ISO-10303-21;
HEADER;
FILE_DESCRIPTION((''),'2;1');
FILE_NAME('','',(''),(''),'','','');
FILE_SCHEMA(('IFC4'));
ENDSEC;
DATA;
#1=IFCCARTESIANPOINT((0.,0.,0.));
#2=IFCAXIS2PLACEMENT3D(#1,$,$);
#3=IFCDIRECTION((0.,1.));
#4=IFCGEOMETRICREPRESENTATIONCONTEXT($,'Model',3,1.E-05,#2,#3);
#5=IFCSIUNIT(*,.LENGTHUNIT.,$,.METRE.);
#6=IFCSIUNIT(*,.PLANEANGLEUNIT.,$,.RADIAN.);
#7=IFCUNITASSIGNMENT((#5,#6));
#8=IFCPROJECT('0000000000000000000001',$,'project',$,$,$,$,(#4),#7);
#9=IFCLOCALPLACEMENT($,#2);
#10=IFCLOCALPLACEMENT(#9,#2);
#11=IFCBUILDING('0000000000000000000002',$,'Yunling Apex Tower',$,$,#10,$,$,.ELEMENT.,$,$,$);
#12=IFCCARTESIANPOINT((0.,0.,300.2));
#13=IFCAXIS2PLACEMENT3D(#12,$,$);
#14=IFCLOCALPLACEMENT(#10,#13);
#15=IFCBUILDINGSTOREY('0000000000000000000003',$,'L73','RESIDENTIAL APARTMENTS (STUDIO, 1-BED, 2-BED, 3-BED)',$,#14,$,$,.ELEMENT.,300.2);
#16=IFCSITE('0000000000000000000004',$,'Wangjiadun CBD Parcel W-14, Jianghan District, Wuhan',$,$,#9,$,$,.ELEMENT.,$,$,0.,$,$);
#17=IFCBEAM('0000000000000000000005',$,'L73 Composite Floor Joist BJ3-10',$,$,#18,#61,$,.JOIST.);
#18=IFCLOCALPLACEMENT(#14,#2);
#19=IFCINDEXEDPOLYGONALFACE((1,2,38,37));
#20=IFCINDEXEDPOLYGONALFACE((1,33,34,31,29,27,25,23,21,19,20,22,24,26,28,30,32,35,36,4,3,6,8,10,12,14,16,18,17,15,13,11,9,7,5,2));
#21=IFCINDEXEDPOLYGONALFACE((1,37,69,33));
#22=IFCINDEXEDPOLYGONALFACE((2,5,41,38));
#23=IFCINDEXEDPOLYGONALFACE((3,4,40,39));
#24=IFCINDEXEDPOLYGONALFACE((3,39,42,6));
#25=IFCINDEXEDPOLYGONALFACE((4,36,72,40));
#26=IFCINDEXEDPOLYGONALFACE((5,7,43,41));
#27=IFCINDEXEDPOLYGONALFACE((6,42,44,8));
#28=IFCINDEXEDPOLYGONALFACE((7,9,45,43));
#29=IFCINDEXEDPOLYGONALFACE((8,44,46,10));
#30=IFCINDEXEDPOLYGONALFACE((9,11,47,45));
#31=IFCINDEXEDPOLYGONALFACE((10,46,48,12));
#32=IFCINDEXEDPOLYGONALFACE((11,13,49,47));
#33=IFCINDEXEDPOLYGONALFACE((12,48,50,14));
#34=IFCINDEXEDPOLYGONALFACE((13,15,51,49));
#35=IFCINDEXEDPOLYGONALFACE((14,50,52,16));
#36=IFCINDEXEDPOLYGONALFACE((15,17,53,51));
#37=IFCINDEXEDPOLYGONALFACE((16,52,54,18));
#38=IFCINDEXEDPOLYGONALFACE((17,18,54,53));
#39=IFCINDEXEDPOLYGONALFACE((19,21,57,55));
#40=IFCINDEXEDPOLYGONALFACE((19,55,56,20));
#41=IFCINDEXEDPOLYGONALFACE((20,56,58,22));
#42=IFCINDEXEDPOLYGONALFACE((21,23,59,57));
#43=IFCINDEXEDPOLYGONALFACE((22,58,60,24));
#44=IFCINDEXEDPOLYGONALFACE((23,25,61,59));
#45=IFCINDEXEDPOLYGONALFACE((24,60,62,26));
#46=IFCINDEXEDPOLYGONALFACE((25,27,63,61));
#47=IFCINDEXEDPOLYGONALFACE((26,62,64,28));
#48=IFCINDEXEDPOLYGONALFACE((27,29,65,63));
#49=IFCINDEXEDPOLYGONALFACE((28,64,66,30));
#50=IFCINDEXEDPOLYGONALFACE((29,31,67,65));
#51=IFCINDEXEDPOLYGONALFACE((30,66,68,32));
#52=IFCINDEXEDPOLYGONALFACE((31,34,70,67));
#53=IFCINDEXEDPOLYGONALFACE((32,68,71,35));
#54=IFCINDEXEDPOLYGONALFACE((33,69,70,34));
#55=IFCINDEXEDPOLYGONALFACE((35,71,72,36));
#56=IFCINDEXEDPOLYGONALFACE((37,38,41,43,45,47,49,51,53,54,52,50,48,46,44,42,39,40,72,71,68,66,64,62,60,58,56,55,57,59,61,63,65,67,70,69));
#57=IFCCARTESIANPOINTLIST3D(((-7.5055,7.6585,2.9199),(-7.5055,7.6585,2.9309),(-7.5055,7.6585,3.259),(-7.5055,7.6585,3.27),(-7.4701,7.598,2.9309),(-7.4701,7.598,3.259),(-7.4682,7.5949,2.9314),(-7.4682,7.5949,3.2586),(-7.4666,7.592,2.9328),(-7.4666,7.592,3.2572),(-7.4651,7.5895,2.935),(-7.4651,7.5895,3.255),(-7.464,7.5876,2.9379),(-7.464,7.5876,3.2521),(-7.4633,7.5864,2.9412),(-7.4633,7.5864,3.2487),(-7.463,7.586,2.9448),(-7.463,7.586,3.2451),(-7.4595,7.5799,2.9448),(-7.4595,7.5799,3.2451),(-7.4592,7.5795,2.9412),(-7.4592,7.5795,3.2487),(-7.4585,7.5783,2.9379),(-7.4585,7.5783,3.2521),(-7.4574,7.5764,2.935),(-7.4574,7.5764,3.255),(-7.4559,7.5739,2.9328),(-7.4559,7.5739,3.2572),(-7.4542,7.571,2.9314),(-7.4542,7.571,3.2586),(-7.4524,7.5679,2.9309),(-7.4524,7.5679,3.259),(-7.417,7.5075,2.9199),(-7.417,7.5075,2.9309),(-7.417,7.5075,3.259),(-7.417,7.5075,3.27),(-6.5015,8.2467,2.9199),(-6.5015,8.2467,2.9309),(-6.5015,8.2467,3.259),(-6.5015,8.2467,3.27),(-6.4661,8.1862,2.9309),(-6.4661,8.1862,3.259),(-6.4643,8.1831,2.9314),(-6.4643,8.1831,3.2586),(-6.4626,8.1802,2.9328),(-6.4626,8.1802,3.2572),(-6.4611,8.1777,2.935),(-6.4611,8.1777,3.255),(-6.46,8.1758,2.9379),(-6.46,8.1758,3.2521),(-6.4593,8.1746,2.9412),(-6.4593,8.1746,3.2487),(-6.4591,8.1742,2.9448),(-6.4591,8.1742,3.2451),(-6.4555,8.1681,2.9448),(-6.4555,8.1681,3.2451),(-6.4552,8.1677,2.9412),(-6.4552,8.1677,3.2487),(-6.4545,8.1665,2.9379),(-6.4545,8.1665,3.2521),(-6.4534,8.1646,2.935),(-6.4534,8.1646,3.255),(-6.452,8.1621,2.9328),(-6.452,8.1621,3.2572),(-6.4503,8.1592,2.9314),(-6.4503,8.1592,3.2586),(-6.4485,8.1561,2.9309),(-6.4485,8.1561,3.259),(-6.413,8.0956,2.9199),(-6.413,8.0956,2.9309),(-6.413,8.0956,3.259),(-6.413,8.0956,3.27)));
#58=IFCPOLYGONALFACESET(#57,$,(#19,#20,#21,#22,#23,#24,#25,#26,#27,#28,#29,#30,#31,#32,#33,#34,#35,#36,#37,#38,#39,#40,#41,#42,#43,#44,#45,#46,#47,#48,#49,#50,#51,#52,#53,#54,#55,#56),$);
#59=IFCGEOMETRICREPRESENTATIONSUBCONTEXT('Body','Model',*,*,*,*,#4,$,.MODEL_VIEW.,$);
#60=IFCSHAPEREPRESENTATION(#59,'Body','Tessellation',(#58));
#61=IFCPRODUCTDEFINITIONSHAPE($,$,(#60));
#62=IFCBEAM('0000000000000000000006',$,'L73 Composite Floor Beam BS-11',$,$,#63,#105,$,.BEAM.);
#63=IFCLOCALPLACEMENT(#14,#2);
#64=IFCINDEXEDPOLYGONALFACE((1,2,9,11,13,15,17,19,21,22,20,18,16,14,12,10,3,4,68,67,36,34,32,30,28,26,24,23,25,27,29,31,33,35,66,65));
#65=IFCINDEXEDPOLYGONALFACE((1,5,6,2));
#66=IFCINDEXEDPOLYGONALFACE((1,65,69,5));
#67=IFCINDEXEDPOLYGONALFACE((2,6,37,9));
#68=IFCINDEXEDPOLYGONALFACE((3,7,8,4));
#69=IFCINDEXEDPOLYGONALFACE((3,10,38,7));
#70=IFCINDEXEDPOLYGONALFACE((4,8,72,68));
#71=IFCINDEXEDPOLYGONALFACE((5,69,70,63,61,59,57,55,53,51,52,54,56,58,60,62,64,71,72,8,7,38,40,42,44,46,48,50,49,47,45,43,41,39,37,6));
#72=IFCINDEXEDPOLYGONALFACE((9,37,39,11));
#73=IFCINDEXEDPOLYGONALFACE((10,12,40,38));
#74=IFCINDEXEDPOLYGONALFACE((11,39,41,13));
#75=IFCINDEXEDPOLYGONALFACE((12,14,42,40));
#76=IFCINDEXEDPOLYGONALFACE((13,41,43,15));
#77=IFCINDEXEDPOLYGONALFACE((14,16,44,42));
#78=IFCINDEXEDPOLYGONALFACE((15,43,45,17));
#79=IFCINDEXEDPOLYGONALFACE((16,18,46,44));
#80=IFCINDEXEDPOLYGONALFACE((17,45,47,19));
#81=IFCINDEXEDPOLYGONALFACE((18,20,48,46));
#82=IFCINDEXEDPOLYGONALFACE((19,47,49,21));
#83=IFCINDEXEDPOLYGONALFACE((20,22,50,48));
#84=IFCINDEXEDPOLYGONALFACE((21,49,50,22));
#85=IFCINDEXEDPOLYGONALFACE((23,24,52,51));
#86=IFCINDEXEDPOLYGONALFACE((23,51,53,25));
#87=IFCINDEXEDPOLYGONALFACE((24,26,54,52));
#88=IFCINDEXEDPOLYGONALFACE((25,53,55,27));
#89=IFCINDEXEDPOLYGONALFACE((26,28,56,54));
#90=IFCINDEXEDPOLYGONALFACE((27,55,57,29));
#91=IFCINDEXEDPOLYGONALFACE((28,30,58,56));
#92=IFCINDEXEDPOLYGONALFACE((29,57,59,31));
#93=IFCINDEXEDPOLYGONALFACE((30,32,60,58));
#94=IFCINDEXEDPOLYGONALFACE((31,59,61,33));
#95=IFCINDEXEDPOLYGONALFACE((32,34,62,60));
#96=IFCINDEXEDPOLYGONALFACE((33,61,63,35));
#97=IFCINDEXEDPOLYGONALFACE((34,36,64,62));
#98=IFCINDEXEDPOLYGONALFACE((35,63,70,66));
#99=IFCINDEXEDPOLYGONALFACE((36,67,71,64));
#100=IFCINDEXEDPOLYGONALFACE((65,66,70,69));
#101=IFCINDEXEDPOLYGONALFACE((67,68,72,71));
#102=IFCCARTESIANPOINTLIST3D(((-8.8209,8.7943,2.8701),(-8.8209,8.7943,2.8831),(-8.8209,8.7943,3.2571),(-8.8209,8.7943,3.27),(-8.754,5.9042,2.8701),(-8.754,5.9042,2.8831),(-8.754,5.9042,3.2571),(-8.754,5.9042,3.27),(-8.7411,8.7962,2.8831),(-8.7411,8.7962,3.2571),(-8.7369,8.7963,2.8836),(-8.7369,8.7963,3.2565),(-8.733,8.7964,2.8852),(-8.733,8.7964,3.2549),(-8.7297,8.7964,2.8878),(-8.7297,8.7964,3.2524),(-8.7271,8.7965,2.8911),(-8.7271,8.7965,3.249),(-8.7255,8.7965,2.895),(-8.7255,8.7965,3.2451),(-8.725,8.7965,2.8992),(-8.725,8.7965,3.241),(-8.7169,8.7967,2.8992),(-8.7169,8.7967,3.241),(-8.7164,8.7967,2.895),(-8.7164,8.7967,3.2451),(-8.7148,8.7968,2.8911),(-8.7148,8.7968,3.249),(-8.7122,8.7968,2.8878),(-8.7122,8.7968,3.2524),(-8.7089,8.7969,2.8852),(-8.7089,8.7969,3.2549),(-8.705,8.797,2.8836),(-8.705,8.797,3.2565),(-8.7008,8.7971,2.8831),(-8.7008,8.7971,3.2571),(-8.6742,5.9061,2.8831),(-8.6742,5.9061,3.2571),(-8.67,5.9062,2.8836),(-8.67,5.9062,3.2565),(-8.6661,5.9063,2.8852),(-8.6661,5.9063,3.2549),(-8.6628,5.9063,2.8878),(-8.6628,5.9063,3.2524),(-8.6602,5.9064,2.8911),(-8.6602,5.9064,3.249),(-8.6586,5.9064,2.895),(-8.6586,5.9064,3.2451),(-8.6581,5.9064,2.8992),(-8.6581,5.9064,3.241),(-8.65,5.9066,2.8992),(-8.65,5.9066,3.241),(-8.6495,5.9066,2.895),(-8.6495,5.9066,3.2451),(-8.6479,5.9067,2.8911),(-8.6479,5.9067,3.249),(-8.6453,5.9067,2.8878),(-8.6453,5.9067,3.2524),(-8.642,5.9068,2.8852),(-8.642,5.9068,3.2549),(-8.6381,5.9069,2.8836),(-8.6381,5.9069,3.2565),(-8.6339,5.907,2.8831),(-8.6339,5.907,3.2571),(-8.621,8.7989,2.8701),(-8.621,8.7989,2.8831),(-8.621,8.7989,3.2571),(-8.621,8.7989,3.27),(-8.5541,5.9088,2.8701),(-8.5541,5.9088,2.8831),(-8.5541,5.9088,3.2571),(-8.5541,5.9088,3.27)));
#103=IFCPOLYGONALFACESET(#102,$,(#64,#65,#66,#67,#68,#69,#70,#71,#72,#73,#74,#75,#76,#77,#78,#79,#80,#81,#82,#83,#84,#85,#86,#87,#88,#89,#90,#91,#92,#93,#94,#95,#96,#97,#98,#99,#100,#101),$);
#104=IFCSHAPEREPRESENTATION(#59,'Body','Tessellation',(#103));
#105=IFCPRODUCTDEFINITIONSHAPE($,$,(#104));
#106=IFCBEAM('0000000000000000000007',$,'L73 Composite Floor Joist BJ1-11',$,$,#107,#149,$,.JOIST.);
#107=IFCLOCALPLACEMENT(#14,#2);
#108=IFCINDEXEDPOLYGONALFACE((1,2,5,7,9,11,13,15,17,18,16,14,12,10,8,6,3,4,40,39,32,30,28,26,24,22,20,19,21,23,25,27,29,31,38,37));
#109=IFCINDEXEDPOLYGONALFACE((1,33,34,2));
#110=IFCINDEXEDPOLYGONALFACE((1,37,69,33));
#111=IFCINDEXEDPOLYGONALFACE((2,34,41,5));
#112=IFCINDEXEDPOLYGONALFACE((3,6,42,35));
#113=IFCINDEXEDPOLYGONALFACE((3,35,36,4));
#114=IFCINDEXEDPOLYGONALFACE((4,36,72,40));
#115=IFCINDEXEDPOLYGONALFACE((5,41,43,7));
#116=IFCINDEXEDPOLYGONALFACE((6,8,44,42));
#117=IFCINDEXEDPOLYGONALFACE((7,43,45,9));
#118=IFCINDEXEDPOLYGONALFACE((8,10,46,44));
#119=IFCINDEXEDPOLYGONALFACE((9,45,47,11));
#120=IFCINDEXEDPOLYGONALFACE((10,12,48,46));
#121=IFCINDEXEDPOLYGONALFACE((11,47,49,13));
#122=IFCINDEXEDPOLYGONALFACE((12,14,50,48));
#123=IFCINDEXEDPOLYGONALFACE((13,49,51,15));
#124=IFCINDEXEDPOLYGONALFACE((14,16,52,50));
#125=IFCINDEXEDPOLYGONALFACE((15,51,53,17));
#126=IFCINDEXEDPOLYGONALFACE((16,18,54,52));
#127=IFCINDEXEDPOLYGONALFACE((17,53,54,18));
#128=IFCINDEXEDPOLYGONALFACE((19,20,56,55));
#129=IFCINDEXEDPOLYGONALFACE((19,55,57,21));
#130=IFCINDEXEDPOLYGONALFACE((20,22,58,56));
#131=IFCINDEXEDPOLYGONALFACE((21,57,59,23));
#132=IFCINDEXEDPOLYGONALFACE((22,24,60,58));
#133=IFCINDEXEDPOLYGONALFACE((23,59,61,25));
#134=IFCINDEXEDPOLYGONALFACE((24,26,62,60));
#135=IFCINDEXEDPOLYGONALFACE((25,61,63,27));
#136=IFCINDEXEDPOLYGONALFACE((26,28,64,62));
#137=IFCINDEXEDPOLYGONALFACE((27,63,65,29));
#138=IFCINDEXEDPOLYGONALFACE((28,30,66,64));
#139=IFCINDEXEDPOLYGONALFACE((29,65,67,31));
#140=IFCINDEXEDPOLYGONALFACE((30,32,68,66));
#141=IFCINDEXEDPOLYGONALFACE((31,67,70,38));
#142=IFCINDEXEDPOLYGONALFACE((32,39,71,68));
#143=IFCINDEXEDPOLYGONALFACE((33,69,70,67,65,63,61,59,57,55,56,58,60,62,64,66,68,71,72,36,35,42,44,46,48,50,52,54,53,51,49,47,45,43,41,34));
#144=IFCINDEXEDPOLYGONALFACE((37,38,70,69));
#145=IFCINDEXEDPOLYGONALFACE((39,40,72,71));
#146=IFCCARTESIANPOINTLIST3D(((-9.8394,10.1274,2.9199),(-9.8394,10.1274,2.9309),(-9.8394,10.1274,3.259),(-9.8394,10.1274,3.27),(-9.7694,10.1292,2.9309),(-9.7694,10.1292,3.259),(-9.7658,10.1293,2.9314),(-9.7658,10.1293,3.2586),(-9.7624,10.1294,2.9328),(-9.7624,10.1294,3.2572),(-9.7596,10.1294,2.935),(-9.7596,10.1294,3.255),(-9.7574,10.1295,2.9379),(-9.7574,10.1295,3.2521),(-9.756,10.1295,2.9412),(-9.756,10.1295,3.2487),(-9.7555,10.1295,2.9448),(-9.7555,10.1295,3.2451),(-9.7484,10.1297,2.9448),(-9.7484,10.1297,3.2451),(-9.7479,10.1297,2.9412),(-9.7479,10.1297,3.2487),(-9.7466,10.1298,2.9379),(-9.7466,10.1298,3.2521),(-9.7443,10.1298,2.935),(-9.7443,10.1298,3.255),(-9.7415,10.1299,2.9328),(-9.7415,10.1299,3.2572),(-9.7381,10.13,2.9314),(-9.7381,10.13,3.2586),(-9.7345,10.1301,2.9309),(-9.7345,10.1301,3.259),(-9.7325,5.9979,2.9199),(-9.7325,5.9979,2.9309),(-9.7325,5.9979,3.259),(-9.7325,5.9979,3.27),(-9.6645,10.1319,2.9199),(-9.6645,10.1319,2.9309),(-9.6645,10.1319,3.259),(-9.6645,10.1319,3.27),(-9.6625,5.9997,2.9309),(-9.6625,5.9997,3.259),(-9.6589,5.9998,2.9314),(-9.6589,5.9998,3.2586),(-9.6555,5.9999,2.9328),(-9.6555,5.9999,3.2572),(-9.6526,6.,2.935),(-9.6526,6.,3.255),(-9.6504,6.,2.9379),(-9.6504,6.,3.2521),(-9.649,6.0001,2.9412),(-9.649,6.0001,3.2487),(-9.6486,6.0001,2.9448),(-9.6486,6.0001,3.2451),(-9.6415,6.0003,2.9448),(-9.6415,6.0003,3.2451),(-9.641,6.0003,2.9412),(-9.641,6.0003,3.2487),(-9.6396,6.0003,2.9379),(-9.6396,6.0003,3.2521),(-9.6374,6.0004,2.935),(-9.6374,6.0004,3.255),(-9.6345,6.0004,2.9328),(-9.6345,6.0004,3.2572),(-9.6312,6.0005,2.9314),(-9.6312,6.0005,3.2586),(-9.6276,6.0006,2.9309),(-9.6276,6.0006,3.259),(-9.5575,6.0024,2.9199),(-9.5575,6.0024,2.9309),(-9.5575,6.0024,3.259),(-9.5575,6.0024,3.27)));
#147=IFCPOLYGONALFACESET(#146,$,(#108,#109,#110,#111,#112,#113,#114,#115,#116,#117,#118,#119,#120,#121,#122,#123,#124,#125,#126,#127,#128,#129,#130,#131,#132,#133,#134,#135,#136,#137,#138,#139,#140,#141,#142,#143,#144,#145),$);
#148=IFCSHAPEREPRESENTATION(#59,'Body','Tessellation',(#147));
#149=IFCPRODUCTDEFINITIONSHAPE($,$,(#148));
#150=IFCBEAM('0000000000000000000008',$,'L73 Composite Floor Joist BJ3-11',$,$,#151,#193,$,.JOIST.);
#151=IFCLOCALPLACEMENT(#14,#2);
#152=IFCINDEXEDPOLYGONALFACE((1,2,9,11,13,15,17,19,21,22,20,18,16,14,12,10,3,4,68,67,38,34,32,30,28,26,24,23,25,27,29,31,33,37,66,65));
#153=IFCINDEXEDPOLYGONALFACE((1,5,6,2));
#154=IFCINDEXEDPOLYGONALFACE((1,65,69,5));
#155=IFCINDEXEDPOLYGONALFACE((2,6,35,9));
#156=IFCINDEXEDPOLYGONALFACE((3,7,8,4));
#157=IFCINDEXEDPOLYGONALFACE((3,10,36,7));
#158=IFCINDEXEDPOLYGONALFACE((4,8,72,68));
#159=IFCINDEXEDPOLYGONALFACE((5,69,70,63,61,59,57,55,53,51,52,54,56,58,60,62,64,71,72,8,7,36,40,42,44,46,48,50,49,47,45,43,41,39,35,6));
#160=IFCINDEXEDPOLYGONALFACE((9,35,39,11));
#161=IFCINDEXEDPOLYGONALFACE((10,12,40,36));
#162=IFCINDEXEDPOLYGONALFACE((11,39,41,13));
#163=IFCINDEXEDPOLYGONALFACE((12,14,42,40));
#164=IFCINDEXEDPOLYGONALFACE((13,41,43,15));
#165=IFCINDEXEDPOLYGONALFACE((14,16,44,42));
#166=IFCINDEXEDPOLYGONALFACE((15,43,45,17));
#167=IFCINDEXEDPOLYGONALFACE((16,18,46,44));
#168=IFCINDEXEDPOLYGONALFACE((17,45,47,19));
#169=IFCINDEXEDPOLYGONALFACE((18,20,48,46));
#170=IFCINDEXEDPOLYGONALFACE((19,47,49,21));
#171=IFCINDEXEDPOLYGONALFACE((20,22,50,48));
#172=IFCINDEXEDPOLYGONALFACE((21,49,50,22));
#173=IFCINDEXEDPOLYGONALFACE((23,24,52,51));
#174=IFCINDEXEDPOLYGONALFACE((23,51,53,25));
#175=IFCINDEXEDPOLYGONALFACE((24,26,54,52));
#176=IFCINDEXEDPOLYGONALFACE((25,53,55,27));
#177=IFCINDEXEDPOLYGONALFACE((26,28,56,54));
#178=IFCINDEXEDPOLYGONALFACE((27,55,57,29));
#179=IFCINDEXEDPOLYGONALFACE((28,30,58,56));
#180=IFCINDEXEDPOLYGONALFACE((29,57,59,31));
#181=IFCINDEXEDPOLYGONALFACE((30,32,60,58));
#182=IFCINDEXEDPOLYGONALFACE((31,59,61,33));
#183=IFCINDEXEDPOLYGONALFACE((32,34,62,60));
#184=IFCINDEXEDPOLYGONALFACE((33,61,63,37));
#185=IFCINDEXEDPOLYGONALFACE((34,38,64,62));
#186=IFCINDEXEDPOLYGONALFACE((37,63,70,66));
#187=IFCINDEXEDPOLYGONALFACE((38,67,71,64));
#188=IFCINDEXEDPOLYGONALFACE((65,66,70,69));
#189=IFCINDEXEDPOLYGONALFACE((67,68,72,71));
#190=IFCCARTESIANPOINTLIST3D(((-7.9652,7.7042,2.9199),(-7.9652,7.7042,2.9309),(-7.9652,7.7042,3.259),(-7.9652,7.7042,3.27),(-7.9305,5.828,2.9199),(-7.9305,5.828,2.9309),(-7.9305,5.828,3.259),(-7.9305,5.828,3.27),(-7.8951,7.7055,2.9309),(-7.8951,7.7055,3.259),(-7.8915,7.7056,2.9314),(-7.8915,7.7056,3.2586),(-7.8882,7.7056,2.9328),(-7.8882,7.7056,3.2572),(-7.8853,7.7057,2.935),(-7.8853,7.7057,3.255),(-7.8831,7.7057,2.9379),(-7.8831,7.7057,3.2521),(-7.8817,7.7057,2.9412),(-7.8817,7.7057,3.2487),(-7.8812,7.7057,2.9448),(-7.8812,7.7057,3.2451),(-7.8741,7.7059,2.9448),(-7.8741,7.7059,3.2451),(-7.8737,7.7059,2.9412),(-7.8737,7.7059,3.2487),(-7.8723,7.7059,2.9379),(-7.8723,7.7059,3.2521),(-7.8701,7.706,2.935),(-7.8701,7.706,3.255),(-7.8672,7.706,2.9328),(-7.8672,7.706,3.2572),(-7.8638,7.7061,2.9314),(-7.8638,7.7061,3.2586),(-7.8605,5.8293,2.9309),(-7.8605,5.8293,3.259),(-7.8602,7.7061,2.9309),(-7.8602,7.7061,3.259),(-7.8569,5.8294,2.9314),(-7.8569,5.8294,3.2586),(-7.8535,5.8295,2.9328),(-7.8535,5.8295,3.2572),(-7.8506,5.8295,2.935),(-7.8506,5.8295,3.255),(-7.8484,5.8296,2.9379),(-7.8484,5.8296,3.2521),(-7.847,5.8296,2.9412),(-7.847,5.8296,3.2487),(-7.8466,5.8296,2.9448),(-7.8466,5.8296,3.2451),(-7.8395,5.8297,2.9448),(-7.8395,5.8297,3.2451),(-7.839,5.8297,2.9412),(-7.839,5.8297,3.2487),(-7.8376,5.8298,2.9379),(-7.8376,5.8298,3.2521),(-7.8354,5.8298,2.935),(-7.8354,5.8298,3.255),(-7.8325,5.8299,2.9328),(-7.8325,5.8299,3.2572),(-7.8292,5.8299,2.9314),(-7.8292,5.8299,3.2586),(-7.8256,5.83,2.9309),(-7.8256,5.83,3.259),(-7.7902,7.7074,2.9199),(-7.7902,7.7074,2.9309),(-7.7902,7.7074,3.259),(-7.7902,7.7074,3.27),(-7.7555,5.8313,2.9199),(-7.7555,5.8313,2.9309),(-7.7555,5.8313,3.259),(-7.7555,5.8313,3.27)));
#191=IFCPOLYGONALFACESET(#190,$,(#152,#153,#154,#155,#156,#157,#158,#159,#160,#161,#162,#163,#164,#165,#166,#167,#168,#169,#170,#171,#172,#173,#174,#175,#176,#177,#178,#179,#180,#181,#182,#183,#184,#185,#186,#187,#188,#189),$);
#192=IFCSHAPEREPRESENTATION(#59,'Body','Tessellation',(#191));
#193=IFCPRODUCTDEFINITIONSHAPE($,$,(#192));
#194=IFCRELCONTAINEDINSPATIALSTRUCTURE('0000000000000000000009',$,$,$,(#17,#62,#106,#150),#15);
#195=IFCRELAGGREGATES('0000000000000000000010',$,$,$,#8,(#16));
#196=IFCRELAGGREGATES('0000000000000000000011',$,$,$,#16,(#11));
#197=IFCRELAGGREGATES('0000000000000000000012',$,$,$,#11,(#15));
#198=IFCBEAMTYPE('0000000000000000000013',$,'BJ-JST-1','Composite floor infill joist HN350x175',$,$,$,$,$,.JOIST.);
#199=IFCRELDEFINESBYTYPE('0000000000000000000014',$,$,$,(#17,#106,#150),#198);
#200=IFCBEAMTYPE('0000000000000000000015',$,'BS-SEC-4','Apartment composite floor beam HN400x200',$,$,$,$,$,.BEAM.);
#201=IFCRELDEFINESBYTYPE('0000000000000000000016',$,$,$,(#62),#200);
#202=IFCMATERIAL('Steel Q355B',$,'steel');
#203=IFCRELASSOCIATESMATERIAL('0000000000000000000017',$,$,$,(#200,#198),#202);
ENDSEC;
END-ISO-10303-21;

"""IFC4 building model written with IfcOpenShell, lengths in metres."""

from ifc_helpers import new_model, si_unit, direction, frame, origin, origin_2d, place, context, subcontext, project, spatial, i_section, extrude, source, transform, mapped, material, material_profile, profile_set, type_object, element, save


model = new_model("IFC4")

# Units and contexts
model_context = context("Model", 3, precision=1e-05, world=origin(), true_north=direction((0.0, 1.0)))
body_context = subcontext(model_context, "Body", "Model", "MODEL_VIEW")
ifc_project = project(units=[si_unit("LENGTHUNIT", "METRE"), si_unit("PLANEANGLEUNIT", "RADIAN")], contexts=[model_context])

# Site, building, storey
site_placement = place(None, origin())
site = spatial("IfcSite", under=ifc_project, at=site_placement, Name="Wangjiadun CBD Parcel W-14, Jianghan District, Wuhan", CompositionType="ELEMENT", RefElevation=0.0)
building_placement = place(site_placement, origin())
building = spatial("IfcBuilding", under=site, at=building_placement, Name="Yunling Apex Tower", CompositionType="ELEMENT")
storey_placement = place(building_placement, frame((0.0, 0.0, 300.2)))
storey = spatial("IfcBuildingStorey", under=building, at=storey_placement, Name="L73", Description="RESIDENTIAL APARTMENTS (STUDIO, 1-BED, 2-BED, 3-BED)", CompositionType="ELEMENT", Elevation=300.2)

# Shared definitions
ifc_material_1 = material(Name="Steel Q355B", Category="steel")

# Beams
ifc_material_profile_1 = material_profile(ifc_material_1, i_section(OverallWidth=0.2, OverallDepth=0.3999, WebThickness=0.0081, FlangeThickness=0.0129, FilletRadius=0.0161, at=origin_2d()))
ifc_profile_set_1 = profile_set([ifc_material_profile_1], Name="Steel Q355B")
beam_type_1 = type_object("IfcBeamType", Name="BS-SEC-4", Description="Apartment composite floor beam HN400x200", PredefinedType="BEAM", material=ifc_profile_set_1)
ifc_material_profile_2 = material_profile(ifc_material_1, i_section(OverallWidth=0.175, OverallDepth=0.3501, WebThickness=0.0071, FlangeThickness=0.011, FilletRadius=0.0139, at=origin_2d()))
ifc_profile_set_2 = profile_set([ifc_material_profile_2], Name="Steel Q355B")
beam_type_2 = type_object("IfcBeamType", Name="BJ-JST-1", Description="Composite floor infill joist HN350x175", PredefinedType="JOIST", material=ifc_profile_set_2)
shared_shape_1 = source(origin(), body_context, "Body", "SweptSolid", [
    extrude(i_section(OverallWidth=0.175, OverallDepth=0.3501, WebThickness=0.0071, FlangeThickness=0.011, FilletRadius=0.0139, at=origin_2d()), origin(), (0.0, 0.0, 1.0), 1.1636),
])
beam_1_placement = place(storey_placement, frame((-6.4573, 8.1711, 3.095), z_axis=(-0.862834, -0.505488, 0.0), x_axis=(0.505488, -0.862834, 0.0)))
element("IfcBeam", 1, at=beam_1_placement, inside=storey, type_object=beam_type_2, Name="L73 Composite Floor Joist BJ3-10", PredefinedType="JOIST", context=body_context, shape_type="MappedRepresentation", body=[
    mapped(shared_shape_1, transform((0.0, 0.0, 0.0), scale=1.0)),
])
shared_shape_2 = source(origin(), body_context, "Body", "SweptSolid", [
    extrude(i_section(OverallWidth=0.2, OverallDepth=0.3999, WebThickness=0.0081, FlangeThickness=0.0129, FilletRadius=0.0161, at=origin_2d()), origin(), (0.0, 0.0, 1.0), 2.8909),
])
beam_2_placement = place(storey_placement, frame((-8.7209, 8.7966, 3.0701), z_axis=(0.02314, -0.999732, 0.0), x_axis=(0.999732, 0.02314, 0.0)))
element("IfcBeam", 2, at=beam_2_placement, inside=storey, type_object=beam_type_1, Name="L73 Composite Floor Beam BS-11", PredefinedType="BEAM", context=body_context, shape_type="MappedRepresentation", body=[
    mapped(shared_shape_2, transform((0.0, 0.0, 0.0), scale=1.0)),
])
shared_shape_3 = source(origin(), body_context, "Body", "SweptSolid", [
    extrude(i_section(OverallWidth=0.175, OverallDepth=0.3501, WebThickness=0.0071, FlangeThickness=0.011, FilletRadius=0.0139, at=origin_2d()), origin(), (0.0, 0.0, 1.0), 4.1309),
])
beam_3_placement = place(storey_placement, frame((-9.752, 10.1296, 3.095), z_axis=(0.025887, -0.999665, 0.0), x_axis=(0.999665, 0.025887, 0.0)))
element("IfcBeam", 3, at=beam_3_placement, inside=storey, type_object=beam_type_2, Name="L73 Composite Floor Joist BJ1-11", PredefinedType="JOIST", context=body_context, shape_type="MappedRepresentation", body=[
    mapped(shared_shape_3, transform((0.0, 0.0, 0.0), scale=1.0)),
])
shared_shape_4 = source(origin(), body_context, "Body", "SweptSolid", [
    extrude(i_section(OverallWidth=0.175, OverallDepth=0.3501, WebThickness=0.0071, FlangeThickness=0.011, FilletRadius=0.0139, at=origin_2d()), origin(), (0.0, 0.0, 1.0), 1.8765),
])
beam_4_placement = place(storey_placement, frame((-7.8777, 7.7058, 3.095), z_axis=(0.018474, -0.999829, 0.0), x_axis=(0.999829, 0.018474, 0.0)))
element("IfcBeam", 4, at=beam_4_placement, inside=storey, type_object=beam_type_2, Name="L73 Composite Floor Joist BJ3-11", PredefinedType="JOIST", context=body_context, shape_type="MappedRepresentation", body=[
    mapped(shared_shape_4, transform((0.0, 0.0, 0.0), scale=1.0)),
])

save(model, "model.ifc")
